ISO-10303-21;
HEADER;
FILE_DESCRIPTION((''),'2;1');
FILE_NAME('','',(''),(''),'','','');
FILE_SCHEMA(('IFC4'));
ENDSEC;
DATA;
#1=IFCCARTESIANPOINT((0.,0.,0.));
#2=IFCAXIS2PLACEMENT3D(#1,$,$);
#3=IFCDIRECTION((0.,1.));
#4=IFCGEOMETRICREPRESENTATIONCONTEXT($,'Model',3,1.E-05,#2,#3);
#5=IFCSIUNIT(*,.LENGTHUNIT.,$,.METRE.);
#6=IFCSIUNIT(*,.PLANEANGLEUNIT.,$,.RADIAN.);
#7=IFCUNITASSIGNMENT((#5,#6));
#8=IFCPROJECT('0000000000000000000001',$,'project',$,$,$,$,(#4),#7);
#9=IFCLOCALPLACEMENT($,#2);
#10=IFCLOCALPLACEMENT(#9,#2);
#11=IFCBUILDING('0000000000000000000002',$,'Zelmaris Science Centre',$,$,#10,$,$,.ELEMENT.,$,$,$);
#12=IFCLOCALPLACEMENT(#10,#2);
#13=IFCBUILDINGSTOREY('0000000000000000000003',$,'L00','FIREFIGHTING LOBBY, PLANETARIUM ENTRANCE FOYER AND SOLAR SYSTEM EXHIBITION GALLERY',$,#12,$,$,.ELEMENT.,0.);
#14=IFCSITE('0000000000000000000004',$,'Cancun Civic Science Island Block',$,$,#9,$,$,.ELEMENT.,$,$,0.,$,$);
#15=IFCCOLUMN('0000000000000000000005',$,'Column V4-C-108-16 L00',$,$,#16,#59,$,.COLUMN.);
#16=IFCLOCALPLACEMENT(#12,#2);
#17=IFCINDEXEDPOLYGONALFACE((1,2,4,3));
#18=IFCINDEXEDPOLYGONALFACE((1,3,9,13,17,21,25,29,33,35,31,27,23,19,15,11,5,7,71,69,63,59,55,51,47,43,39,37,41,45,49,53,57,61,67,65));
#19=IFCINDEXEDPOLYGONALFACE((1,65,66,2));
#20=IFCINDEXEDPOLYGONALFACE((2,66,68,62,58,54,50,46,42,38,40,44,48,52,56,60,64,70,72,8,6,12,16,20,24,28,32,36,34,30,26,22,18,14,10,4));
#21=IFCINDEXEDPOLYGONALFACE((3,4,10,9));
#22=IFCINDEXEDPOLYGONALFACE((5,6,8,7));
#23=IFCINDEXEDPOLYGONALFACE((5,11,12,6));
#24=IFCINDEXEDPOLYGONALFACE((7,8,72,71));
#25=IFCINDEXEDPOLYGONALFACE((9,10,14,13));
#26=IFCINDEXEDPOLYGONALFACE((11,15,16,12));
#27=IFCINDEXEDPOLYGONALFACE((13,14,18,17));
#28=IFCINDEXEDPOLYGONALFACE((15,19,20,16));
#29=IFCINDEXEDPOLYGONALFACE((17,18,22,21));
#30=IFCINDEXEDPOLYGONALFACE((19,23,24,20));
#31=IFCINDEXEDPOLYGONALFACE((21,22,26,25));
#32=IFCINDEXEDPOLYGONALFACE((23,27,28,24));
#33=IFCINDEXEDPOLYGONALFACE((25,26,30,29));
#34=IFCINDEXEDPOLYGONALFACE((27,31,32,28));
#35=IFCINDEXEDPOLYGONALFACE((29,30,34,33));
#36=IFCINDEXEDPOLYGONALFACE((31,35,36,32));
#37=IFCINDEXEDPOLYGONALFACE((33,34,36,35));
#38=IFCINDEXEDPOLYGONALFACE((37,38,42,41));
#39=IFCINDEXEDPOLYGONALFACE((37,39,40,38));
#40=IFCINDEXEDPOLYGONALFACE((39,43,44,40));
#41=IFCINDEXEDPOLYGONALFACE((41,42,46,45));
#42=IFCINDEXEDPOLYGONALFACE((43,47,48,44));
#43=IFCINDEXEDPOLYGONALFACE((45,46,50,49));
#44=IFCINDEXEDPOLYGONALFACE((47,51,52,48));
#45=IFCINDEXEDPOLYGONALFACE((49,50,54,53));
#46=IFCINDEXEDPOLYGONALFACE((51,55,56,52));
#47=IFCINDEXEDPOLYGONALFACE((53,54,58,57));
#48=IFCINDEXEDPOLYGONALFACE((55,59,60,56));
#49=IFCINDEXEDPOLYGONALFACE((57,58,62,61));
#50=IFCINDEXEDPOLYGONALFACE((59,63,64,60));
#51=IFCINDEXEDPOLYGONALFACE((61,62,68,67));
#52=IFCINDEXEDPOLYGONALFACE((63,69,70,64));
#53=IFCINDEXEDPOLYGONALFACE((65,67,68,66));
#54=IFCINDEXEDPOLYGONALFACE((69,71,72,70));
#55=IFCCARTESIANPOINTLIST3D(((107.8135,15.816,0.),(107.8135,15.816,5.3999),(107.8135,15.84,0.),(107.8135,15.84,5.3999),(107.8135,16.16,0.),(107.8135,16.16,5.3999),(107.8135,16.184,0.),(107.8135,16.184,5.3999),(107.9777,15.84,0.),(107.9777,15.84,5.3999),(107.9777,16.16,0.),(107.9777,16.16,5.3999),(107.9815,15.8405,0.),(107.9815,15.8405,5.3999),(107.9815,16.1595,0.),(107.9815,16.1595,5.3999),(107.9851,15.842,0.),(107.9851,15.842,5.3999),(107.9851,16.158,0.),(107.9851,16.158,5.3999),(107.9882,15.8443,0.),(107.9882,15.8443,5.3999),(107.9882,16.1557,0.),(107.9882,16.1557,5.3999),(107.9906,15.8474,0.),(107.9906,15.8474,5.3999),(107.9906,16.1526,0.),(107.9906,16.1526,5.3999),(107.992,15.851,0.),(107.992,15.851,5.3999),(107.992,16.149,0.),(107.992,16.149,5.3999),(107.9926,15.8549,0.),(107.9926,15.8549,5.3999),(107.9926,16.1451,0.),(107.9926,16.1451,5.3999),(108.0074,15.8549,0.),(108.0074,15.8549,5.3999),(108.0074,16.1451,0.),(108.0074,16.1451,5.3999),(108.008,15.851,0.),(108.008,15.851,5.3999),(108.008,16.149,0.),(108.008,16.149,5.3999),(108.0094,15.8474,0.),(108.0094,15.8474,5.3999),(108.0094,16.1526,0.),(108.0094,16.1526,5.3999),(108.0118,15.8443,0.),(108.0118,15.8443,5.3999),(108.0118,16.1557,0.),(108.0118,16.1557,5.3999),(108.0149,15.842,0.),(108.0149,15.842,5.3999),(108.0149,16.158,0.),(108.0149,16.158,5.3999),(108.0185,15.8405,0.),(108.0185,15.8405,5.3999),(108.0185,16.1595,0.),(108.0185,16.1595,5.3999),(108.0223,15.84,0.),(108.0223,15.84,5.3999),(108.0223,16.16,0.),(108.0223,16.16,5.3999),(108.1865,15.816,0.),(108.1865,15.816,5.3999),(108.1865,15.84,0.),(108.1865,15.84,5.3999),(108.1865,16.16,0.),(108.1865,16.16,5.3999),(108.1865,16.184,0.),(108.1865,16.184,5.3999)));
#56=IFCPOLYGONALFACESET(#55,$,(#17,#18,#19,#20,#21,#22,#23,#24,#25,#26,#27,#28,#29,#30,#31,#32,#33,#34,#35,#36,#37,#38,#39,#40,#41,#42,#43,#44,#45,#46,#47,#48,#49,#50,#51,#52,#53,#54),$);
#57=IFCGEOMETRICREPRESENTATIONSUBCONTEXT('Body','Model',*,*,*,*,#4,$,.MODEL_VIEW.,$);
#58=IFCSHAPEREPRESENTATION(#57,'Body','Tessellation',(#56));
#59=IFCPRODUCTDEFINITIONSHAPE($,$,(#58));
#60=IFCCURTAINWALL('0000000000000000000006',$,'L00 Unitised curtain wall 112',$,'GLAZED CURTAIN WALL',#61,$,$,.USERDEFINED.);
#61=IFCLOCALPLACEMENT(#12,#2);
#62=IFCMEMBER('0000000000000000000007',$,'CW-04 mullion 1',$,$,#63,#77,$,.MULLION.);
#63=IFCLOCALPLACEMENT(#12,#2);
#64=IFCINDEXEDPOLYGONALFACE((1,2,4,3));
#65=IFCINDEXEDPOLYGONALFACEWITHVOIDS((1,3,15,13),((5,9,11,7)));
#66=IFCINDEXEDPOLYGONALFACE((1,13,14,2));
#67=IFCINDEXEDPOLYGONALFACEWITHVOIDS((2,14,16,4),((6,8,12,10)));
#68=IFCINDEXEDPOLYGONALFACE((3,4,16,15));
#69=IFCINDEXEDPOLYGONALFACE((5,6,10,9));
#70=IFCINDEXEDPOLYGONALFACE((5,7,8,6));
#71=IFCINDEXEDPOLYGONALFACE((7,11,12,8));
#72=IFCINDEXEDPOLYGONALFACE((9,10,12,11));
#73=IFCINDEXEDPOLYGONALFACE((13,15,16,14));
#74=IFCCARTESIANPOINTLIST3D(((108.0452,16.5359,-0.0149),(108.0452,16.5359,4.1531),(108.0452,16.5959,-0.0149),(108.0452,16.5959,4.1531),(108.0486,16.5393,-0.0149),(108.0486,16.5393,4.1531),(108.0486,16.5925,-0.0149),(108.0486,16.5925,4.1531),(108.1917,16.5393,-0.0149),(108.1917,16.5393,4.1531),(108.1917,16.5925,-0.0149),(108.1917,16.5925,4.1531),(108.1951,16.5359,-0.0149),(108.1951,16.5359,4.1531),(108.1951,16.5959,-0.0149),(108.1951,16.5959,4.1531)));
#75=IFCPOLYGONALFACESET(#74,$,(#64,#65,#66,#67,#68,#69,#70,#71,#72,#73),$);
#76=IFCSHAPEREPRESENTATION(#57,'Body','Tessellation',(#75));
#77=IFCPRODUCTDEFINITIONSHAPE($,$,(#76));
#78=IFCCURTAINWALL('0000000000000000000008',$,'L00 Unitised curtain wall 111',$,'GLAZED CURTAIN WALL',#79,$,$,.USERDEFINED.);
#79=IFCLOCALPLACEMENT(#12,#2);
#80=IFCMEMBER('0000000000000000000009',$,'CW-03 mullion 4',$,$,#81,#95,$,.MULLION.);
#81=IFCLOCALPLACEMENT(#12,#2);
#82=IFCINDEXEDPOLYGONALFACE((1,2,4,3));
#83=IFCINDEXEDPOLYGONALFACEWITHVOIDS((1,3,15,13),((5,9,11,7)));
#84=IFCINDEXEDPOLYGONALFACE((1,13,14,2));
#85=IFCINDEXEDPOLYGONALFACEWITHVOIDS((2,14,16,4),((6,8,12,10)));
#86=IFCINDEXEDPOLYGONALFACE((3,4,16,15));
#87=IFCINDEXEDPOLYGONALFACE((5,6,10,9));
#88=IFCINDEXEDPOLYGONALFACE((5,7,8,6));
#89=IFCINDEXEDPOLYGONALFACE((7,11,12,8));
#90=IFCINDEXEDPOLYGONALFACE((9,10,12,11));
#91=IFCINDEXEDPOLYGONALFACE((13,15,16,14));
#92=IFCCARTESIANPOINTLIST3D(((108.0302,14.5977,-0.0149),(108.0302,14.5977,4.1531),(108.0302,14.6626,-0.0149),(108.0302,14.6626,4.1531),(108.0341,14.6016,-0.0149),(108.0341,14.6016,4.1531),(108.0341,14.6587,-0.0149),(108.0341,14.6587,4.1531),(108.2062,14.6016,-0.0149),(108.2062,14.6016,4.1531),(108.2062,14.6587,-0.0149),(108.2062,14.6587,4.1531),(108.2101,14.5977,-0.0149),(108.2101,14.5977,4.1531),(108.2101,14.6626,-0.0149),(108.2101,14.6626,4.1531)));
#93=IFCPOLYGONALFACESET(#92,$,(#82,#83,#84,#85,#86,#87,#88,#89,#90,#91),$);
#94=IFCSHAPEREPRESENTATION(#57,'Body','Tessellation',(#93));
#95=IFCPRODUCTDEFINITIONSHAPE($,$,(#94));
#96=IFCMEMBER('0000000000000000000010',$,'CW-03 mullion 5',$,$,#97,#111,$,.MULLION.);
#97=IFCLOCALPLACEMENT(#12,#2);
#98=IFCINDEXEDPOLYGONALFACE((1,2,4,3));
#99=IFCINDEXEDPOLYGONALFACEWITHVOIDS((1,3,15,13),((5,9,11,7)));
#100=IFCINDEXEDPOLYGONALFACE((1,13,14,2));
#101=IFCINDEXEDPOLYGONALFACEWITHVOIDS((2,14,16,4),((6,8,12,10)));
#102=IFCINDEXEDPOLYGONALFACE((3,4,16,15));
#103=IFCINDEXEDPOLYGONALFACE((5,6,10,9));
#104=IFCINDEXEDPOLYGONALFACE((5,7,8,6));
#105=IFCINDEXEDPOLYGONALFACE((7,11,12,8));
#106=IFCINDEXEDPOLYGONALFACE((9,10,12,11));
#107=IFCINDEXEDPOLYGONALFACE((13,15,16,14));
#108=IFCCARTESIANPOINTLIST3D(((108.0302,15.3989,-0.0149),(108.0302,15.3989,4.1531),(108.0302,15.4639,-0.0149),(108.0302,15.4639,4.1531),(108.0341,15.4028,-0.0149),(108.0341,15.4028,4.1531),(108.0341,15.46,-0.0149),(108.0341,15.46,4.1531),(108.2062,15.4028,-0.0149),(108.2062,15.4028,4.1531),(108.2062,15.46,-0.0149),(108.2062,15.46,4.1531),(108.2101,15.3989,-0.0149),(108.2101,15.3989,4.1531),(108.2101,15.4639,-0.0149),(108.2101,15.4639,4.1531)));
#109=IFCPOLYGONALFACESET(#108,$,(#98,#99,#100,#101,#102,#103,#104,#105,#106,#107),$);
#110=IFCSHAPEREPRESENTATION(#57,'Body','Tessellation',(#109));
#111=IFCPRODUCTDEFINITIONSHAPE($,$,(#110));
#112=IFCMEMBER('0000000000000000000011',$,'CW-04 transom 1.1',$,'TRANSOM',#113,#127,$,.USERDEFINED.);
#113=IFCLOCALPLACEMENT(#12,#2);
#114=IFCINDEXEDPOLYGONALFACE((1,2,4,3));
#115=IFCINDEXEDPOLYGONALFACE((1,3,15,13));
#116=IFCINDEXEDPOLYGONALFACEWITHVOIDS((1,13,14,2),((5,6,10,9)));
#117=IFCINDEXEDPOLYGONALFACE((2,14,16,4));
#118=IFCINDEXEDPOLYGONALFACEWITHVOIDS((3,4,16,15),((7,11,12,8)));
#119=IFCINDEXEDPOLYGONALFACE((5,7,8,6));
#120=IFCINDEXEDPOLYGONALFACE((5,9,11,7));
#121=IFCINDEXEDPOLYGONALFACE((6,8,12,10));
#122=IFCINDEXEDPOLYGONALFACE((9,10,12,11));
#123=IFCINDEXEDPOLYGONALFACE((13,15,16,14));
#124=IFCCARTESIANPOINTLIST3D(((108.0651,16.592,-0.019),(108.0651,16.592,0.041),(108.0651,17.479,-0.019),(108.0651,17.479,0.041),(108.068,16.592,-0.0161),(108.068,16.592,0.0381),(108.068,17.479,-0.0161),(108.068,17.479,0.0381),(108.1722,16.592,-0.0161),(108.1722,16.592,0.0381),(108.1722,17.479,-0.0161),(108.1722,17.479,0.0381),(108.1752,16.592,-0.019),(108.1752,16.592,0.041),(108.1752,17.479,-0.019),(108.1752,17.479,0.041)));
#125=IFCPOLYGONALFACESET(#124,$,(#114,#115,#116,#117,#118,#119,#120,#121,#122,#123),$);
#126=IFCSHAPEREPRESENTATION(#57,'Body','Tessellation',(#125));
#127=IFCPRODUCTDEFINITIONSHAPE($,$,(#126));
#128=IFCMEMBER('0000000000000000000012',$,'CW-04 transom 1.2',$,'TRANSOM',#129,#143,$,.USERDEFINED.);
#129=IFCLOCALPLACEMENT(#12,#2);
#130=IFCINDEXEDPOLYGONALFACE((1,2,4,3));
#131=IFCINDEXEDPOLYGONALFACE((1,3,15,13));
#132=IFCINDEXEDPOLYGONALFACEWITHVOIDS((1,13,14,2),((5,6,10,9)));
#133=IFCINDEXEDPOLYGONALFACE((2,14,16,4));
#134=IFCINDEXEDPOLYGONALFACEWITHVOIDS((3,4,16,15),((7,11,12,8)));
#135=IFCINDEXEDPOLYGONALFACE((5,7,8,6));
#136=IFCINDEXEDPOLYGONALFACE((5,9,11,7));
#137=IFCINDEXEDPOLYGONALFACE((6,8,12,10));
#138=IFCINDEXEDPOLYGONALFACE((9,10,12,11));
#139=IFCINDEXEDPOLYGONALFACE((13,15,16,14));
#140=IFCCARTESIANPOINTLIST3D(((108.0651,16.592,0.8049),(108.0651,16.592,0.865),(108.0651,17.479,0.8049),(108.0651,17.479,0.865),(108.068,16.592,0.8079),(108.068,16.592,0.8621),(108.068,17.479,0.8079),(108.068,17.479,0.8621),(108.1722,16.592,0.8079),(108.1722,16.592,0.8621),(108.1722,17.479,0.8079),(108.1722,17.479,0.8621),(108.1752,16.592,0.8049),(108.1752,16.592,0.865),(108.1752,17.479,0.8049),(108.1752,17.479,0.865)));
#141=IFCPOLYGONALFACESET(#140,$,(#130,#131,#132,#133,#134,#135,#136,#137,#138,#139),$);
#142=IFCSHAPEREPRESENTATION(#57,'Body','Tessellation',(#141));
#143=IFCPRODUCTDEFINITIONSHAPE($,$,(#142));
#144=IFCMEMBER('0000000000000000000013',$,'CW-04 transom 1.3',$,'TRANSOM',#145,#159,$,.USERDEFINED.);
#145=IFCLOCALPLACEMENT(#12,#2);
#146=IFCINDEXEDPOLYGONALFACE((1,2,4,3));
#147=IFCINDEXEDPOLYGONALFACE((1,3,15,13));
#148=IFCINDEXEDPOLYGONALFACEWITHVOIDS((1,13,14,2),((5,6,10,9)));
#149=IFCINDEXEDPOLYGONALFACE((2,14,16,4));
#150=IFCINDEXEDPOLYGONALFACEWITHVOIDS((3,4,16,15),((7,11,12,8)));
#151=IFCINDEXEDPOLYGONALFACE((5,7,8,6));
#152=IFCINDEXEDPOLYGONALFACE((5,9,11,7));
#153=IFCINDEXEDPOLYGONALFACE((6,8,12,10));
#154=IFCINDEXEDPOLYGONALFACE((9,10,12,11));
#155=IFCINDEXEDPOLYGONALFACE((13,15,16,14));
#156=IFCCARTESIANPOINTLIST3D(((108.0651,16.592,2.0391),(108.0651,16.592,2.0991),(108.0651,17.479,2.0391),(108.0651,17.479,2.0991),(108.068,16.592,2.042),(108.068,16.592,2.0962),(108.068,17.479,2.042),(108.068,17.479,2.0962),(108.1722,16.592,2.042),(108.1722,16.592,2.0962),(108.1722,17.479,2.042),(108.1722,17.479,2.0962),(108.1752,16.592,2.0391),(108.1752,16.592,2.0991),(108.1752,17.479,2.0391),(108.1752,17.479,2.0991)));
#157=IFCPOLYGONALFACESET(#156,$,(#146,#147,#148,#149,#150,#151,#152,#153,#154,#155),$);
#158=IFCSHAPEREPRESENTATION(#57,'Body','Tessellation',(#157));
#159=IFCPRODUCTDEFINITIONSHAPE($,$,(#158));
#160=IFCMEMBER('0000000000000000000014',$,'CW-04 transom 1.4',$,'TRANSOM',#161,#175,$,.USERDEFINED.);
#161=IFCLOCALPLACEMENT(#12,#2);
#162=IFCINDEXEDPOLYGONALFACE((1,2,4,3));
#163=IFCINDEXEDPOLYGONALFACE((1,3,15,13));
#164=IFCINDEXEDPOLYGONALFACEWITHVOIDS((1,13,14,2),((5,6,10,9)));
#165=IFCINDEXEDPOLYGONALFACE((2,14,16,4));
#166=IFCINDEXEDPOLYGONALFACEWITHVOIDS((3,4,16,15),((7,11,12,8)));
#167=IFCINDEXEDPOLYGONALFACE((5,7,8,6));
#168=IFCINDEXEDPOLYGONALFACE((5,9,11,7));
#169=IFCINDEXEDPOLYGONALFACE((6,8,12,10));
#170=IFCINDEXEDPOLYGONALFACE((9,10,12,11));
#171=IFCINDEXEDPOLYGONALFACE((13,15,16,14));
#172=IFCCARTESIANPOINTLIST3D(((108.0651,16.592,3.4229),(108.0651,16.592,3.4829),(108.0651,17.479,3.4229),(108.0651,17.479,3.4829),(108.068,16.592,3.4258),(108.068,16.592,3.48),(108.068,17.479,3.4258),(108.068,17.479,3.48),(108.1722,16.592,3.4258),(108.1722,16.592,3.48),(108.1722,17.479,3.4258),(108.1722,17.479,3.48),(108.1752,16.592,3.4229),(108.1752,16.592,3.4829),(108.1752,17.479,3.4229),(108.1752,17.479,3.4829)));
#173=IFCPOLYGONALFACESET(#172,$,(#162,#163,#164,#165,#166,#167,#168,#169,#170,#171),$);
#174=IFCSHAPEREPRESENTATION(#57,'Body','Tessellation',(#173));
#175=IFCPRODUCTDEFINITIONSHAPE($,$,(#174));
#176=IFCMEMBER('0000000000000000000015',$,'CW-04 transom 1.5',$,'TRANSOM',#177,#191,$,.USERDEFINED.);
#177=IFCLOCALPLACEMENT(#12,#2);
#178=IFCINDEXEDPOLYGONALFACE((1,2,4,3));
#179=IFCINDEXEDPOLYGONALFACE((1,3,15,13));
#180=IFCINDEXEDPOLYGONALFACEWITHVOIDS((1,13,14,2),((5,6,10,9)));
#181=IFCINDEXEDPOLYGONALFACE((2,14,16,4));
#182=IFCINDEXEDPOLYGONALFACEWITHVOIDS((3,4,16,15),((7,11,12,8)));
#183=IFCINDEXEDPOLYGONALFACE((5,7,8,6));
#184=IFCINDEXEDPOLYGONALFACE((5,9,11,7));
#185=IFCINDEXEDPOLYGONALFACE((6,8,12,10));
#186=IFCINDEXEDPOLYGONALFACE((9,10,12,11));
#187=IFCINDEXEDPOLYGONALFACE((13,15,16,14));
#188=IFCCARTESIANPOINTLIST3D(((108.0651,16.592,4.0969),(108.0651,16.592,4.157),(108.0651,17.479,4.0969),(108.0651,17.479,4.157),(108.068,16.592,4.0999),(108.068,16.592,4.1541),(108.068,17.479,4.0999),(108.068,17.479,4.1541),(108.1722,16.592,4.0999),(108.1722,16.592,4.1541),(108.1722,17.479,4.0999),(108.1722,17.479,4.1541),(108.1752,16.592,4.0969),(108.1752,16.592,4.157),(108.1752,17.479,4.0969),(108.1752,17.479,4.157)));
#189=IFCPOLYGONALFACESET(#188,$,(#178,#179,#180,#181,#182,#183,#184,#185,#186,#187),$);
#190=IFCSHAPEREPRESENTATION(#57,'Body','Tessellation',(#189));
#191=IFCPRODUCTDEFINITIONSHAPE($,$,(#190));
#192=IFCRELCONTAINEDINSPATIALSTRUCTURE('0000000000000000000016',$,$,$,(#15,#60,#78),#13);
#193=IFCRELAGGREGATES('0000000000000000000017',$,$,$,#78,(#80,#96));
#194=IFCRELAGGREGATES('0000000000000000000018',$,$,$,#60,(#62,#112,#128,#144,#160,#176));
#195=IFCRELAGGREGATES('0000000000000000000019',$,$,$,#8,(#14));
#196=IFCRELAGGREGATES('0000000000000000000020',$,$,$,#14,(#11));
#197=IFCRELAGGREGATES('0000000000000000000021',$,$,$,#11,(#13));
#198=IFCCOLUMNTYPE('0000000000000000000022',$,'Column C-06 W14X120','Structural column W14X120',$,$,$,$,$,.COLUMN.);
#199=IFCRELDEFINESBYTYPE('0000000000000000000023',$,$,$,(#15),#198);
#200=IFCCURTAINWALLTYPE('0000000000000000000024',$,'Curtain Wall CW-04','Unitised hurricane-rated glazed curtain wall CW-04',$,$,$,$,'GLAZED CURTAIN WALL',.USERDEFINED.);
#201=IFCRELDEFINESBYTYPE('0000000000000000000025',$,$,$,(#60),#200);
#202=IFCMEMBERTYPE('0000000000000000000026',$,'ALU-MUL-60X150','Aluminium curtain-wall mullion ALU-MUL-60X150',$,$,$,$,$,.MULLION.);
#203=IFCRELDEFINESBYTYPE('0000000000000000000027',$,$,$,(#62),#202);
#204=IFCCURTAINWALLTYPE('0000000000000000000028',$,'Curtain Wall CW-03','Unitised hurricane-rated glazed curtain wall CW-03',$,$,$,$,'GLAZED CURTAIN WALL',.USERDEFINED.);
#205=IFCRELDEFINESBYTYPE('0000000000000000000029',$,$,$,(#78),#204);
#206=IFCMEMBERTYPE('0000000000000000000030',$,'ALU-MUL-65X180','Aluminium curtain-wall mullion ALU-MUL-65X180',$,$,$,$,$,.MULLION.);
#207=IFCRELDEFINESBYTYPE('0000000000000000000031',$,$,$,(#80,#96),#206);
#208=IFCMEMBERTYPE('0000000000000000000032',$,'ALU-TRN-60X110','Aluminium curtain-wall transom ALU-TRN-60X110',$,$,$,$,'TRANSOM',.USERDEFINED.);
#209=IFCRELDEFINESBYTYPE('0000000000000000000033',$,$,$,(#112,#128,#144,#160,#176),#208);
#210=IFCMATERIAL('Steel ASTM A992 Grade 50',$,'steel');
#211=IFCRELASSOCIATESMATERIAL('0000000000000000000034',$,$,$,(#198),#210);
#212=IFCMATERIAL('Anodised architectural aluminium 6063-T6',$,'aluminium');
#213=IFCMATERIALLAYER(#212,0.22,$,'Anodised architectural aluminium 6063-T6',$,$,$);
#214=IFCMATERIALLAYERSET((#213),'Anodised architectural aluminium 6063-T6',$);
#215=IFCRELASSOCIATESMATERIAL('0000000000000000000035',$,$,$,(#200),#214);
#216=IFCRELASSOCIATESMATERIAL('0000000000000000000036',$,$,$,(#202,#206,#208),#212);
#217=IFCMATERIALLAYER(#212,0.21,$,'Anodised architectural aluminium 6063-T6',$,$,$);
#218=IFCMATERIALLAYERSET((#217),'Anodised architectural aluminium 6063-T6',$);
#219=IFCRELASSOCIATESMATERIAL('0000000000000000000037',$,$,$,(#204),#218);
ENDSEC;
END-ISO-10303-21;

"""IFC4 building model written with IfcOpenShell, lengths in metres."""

from ifc_helpers import new_model, si_unit, direction, frame, origin, origin_2d, place, context, subcontext, project, spatial, hollow_rectangle, i_section, extrude, material, layer, layer_set, material_profile, profile_set, type_object, element, aggregate, save


model = new_model("IFC4")

# Units and contexts
model_context = context("Model", 3, precision=1e-05, world=origin(), true_north=direction((0.0, 1.0)))
body_context = subcontext(model_context, "Body", "Model", "MODEL_VIEW")
ifc_project = project(units=[si_unit("LENGTHUNIT", "METRE"), si_unit("PLANEANGLEUNIT", "RADIAN")], contexts=[model_context])

# Site, building, storey
site_placement = place(None, origin())
site = spatial("IfcSite", under=ifc_project, at=site_placement, Name="Cancun Civic Science Island Block", CompositionType="ELEMENT", RefElevation=0.0)
building_placement = place(site_placement, origin())
building = spatial("IfcBuilding", under=site, at=building_placement, Name="Zelmaris Science Centre", CompositionType="ELEMENT")
storey_placement = place(building_placement, origin())
storey = spatial("IfcBuildingStorey", under=building, at=storey_placement, Name="L00", Description="FIREFIGHTING LOBBY, PLANETARIUM ENTRANCE FOYER AND SOLAR SYSTEM EXHIBITION GALLERY", CompositionType="ELEMENT", Elevation=0.0)

# Column
ifc_material_1 = material(Name="Steel ASTM A992 Grade 50", Category="steel")
ifc_material_profile_1 = material_profile(ifc_material_1, i_section(OverallWidth=0.373, OverallDepth=0.3679, WebThickness=0.0149, FlangeThickness=0.0239, FilletRadius=0.0149, at=origin_2d()), Name="W14X120")
ifc_profile_set_1 = profile_set([ifc_material_profile_1], Name="Steel ASTM A992 Grade 50")
column_type = type_object("IfcColumnType", Name="Column C-06 W14X120", Description="Structural column W14X120", PredefinedType="COLUMN", material=ifc_profile_set_1)
column_placement = place(storey_placement, frame((108.0, 16.0, 0.0), z_axis=(0.0, 0.0, 1.0), x_axis=(1.0, 0.0, 0.0)))
element("IfcColumn", 1, at=column_placement, inside=storey, type_object=column_type, Name="Column V4-C-108-16 L00", PredefinedType="COLUMN", context=body_context, shape_type="SweptSolid", body=[
    extrude(i_section(OverallWidth=0.373, OverallDepth=0.3679, WebThickness=0.0149, FlangeThickness=0.0239, FilletRadius=0.0149, at=origin_2d()), origin(), (0.0, 0.0, 1.0), 5.3999),
])

# Curtain wall, member
ifc_material_2 = material(Name="Anodised architectural aluminium 6063-T6", Category="aluminium")
ifc_layer_1 = layer(ifc_material_2, 0.22, Name="Anodised architectural aluminium 6063-T6")
ifc_layer_set_1 = layer_set([ifc_layer_1], Name="Anodised architectural aluminium 6063-T6")
curtain_wall_type_1 = type_object("IfcCurtainWallType", Name="Curtain Wall CW-04", Description="Unitised hurricane-rated glazed curtain wall CW-04", ElementType="GLAZED CURTAIN WALL", PredefinedType="USERDEFINED", material=ifc_layer_set_1)
curtain_wall_1_placement = place(storey_placement, origin())
curtain_wall_1 = element("IfcCurtainWall", 2, at=curtain_wall_1_placement, inside=storey, type_object=curtain_wall_type_1, Name="L00 Unitised curtain wall 112", ObjectType="GLAZED CURTAIN WALL", PredefinedType="USERDEFINED")
ifc_material_profile_2 = material_profile(ifc_material_2, hollow_rectangle(XDim=0.0601, YDim=0.1499, WallThickness=0.0034, at=origin_2d()), Name="ALU-MUL-60X150")
ifc_profile_set_2 = profile_set([ifc_material_profile_2], Name="Anodised architectural aluminium 6063-T6")
member_type_1 = type_object("IfcMemberType", Name="ALU-MUL-60X150", Description="Aluminium curtain-wall mullion ALU-MUL-60X150", PredefinedType="MULLION", material=ifc_profile_set_2)
member_1_placement = place(storey_placement, frame((108.1201, 16.5659, -0.0149), z_axis=(0.0, 0.0, 1.0), x_axis=(-0.000007, 1.0, 0.0)))
member_1 = element("IfcMember", 3, at=member_1_placement, type_object=member_type_1, Name="CW-04 mullion 1", PredefinedType="MULLION", context=body_context, shape_type="SweptSolid", body=[
    extrude(hollow_rectangle(XDim=0.0601, YDim=0.1499, WallThickness=0.0034, at=origin_2d()), origin(), (0.0, 0.0, 1.0), 4.168),
])

# Curtain wall, members
ifc_layer_2 = layer(ifc_material_2, 0.21, Name="Anodised architectural aluminium 6063-T6")
ifc_layer_set_2 = layer_set([ifc_layer_2], Name="Anodised architectural aluminium 6063-T6")
curtain_wall_type_2 = type_object("IfcCurtainWallType", Name="Curtain Wall CW-03", Description="Unitised hurricane-rated glazed curtain wall CW-03", ElementType="GLAZED CURTAIN WALL", PredefinedType="USERDEFINED", material=ifc_layer_set_2)
curtain_wall_2_placement = place(storey_placement, origin())
curtain_wall_2 = element("IfcCurtainWall", 4, at=curtain_wall_2_placement, inside=storey, type_object=curtain_wall_type_2, Name="L00 Unitised curtain wall 111", ObjectType="GLAZED CURTAIN WALL", PredefinedType="USERDEFINED")
ifc_material_profile_3 = material_profile(ifc_material_2, hollow_rectangle(XDim=0.0649, YDim=0.1799, WallThickness=0.0039, at=origin_2d()), Name="ALU-MUL-65X180")
ifc_profile_set_3 = profile_set([ifc_material_profile_3], Name="Anodised architectural aluminium 6063-T6")
member_type_2 = type_object("IfcMemberType", Name="ALU-MUL-65X180", Description="Aluminium curtain-wall mullion ALU-MUL-65X180", PredefinedType="MULLION", material=ifc_profile_set_3)
member_2_placement = place(storey_placement, frame((108.1201, 14.6301, -0.0149), z_axis=(0.0, 0.0, 1.0), x_axis=(-0.000007, 1.0, 0.0)))
member_2 = element("IfcMember", 5, at=member_2_placement, type_object=member_type_2, Name="CW-03 mullion 4", PredefinedType="MULLION", context=body_context, shape_type="SweptSolid", body=[
    extrude(hollow_rectangle(XDim=0.0649, YDim=0.1799, WallThickness=0.0039, at=origin_2d()), origin(), (0.0, 0.0, 1.0), 4.168),
])
member_3_placement = place(storey_placement, frame((108.1201, 15.4314, -0.0149), z_axis=(0.0, 0.0, 1.0), x_axis=(-0.000007, 1.0, 0.0)))
member_3 = element("IfcMember", 6, at=member_3_placement, type_object=member_type_2, Name="CW-03 mullion 5", PredefinedType="MULLION", context=body_context, shape_type="SweptSolid", body=[
    extrude(hollow_rectangle(XDim=0.0649, YDim=0.1799, WallThickness=0.0039, at=origin_2d()), origin(), (0.0, 0.0, 1.0), 4.168),
])

# Members
ifc_material_profile_4 = material_profile(ifc_material_2, hollow_rectangle(XDim=0.0601, YDim=0.1101, WallThickness=0.0029, at=origin_2d()), Name="ALU-TRN-60X110")
ifc_profile_set_4 = profile_set([ifc_material_profile_4], Name="Anodised architectural aluminium 6063-T6")
member_type_3 = type_object("IfcMemberType", Name="ALU-TRN-60X110", Description="Aluminium curtain-wall transom ALU-TRN-60X110", ElementType="TRANSOM", PredefinedType="USERDEFINED", material=ifc_profile_set_4)
member_4_placement = place(storey_placement, frame((108.1201, 16.592, 0.011), z_axis=(0.0, 1.0, 0.0), x_axis=(0.0, 0.0, 1.0)))
member_4 = element("IfcMember", 7, at=member_4_placement, type_object=member_type_3, Name="CW-04 transom 1.1", ObjectType="TRANSOM", PredefinedType="USERDEFINED", context=body_context, shape_type="SweptSolid", body=[
    extrude(hollow_rectangle(XDim=0.0601, YDim=0.1101, WallThickness=0.0029, at=origin_2d()), origin(), (0.0, 0.0, 1.0), 0.887),
])
member_5_placement = place(storey_placement, frame((108.1201, 16.592, 0.835), z_axis=(0.0, 1.0, 0.0), x_axis=(0.0, 0.0, 1.0)))
member_5 = element("IfcMember", 8, at=member_5_placement, type_object=member_type_3, Name="CW-04 transom 1.2", ObjectType="TRANSOM", PredefinedType="USERDEFINED", context=body_context, shape_type="SweptSolid", body=[
    extrude(hollow_rectangle(XDim=0.0601, YDim=0.1101, WallThickness=0.0029, at=origin_2d()), origin(), (0.0, 0.0, 1.0), 0.887),
])
member_6_placement = place(storey_placement, frame((108.1201, 16.592, 2.0691), z_axis=(0.0, 1.0, 0.0), x_axis=(0.0, 0.0, 1.0)))
member_6 = element("IfcMember", 9, at=member_6_placement, type_object=member_type_3, Name="CW-04 transom 1.3", ObjectType="TRANSOM", PredefinedType="USERDEFINED", context=body_context, shape_type="SweptSolid", body=[
    extrude(hollow_rectangle(XDim=0.0601, YDim=0.1101, WallThickness=0.0029, at=origin_2d()), origin(), (0.0, 0.0, 1.0), 0.887),
])
member_7_placement = place(storey_placement, frame((108.1201, 16.592, 3.4529), z_axis=(0.0, 1.0, 0.0), x_axis=(0.0, 0.0, 1.0)))
member_7 = element("IfcMember", 10, at=member_7_placement, type_object=member_type_3, Name="CW-04 transom 1.4", ObjectType="TRANSOM", PredefinedType="USERDEFINED", context=body_context, shape_type="SweptSolid", body=[
    extrude(hollow_rectangle(XDim=0.0601, YDim=0.1101, WallThickness=0.0029, at=origin_2d()), origin(), (0.0, 0.0, 1.0), 0.887),
])
member_8_placement = place(storey_placement, frame((108.1201, 16.592, 4.127), z_axis=(0.0, 1.0, 0.0), x_axis=(0.0, 0.0, 1.0)))
member_8 = element("IfcMember", 11, at=member_8_placement, type_object=member_type_3, Name="CW-04 transom 1.5", ObjectType="TRANSOM", PredefinedType="USERDEFINED", context=body_context, shape_type="SweptSolid", body=[
    extrude(hollow_rectangle(XDim=0.0601, YDim=0.1101, WallThickness=0.0029, at=origin_2d()), origin(), (0.0, 0.0, 1.0), 0.887),
])

aggregate(curtain_wall_2, [member_2, member_3])
aggregate(curtain_wall_1, [member_1, member_4, member_5, member_6, member_7, member_8])

save(model, "model.ifc")
